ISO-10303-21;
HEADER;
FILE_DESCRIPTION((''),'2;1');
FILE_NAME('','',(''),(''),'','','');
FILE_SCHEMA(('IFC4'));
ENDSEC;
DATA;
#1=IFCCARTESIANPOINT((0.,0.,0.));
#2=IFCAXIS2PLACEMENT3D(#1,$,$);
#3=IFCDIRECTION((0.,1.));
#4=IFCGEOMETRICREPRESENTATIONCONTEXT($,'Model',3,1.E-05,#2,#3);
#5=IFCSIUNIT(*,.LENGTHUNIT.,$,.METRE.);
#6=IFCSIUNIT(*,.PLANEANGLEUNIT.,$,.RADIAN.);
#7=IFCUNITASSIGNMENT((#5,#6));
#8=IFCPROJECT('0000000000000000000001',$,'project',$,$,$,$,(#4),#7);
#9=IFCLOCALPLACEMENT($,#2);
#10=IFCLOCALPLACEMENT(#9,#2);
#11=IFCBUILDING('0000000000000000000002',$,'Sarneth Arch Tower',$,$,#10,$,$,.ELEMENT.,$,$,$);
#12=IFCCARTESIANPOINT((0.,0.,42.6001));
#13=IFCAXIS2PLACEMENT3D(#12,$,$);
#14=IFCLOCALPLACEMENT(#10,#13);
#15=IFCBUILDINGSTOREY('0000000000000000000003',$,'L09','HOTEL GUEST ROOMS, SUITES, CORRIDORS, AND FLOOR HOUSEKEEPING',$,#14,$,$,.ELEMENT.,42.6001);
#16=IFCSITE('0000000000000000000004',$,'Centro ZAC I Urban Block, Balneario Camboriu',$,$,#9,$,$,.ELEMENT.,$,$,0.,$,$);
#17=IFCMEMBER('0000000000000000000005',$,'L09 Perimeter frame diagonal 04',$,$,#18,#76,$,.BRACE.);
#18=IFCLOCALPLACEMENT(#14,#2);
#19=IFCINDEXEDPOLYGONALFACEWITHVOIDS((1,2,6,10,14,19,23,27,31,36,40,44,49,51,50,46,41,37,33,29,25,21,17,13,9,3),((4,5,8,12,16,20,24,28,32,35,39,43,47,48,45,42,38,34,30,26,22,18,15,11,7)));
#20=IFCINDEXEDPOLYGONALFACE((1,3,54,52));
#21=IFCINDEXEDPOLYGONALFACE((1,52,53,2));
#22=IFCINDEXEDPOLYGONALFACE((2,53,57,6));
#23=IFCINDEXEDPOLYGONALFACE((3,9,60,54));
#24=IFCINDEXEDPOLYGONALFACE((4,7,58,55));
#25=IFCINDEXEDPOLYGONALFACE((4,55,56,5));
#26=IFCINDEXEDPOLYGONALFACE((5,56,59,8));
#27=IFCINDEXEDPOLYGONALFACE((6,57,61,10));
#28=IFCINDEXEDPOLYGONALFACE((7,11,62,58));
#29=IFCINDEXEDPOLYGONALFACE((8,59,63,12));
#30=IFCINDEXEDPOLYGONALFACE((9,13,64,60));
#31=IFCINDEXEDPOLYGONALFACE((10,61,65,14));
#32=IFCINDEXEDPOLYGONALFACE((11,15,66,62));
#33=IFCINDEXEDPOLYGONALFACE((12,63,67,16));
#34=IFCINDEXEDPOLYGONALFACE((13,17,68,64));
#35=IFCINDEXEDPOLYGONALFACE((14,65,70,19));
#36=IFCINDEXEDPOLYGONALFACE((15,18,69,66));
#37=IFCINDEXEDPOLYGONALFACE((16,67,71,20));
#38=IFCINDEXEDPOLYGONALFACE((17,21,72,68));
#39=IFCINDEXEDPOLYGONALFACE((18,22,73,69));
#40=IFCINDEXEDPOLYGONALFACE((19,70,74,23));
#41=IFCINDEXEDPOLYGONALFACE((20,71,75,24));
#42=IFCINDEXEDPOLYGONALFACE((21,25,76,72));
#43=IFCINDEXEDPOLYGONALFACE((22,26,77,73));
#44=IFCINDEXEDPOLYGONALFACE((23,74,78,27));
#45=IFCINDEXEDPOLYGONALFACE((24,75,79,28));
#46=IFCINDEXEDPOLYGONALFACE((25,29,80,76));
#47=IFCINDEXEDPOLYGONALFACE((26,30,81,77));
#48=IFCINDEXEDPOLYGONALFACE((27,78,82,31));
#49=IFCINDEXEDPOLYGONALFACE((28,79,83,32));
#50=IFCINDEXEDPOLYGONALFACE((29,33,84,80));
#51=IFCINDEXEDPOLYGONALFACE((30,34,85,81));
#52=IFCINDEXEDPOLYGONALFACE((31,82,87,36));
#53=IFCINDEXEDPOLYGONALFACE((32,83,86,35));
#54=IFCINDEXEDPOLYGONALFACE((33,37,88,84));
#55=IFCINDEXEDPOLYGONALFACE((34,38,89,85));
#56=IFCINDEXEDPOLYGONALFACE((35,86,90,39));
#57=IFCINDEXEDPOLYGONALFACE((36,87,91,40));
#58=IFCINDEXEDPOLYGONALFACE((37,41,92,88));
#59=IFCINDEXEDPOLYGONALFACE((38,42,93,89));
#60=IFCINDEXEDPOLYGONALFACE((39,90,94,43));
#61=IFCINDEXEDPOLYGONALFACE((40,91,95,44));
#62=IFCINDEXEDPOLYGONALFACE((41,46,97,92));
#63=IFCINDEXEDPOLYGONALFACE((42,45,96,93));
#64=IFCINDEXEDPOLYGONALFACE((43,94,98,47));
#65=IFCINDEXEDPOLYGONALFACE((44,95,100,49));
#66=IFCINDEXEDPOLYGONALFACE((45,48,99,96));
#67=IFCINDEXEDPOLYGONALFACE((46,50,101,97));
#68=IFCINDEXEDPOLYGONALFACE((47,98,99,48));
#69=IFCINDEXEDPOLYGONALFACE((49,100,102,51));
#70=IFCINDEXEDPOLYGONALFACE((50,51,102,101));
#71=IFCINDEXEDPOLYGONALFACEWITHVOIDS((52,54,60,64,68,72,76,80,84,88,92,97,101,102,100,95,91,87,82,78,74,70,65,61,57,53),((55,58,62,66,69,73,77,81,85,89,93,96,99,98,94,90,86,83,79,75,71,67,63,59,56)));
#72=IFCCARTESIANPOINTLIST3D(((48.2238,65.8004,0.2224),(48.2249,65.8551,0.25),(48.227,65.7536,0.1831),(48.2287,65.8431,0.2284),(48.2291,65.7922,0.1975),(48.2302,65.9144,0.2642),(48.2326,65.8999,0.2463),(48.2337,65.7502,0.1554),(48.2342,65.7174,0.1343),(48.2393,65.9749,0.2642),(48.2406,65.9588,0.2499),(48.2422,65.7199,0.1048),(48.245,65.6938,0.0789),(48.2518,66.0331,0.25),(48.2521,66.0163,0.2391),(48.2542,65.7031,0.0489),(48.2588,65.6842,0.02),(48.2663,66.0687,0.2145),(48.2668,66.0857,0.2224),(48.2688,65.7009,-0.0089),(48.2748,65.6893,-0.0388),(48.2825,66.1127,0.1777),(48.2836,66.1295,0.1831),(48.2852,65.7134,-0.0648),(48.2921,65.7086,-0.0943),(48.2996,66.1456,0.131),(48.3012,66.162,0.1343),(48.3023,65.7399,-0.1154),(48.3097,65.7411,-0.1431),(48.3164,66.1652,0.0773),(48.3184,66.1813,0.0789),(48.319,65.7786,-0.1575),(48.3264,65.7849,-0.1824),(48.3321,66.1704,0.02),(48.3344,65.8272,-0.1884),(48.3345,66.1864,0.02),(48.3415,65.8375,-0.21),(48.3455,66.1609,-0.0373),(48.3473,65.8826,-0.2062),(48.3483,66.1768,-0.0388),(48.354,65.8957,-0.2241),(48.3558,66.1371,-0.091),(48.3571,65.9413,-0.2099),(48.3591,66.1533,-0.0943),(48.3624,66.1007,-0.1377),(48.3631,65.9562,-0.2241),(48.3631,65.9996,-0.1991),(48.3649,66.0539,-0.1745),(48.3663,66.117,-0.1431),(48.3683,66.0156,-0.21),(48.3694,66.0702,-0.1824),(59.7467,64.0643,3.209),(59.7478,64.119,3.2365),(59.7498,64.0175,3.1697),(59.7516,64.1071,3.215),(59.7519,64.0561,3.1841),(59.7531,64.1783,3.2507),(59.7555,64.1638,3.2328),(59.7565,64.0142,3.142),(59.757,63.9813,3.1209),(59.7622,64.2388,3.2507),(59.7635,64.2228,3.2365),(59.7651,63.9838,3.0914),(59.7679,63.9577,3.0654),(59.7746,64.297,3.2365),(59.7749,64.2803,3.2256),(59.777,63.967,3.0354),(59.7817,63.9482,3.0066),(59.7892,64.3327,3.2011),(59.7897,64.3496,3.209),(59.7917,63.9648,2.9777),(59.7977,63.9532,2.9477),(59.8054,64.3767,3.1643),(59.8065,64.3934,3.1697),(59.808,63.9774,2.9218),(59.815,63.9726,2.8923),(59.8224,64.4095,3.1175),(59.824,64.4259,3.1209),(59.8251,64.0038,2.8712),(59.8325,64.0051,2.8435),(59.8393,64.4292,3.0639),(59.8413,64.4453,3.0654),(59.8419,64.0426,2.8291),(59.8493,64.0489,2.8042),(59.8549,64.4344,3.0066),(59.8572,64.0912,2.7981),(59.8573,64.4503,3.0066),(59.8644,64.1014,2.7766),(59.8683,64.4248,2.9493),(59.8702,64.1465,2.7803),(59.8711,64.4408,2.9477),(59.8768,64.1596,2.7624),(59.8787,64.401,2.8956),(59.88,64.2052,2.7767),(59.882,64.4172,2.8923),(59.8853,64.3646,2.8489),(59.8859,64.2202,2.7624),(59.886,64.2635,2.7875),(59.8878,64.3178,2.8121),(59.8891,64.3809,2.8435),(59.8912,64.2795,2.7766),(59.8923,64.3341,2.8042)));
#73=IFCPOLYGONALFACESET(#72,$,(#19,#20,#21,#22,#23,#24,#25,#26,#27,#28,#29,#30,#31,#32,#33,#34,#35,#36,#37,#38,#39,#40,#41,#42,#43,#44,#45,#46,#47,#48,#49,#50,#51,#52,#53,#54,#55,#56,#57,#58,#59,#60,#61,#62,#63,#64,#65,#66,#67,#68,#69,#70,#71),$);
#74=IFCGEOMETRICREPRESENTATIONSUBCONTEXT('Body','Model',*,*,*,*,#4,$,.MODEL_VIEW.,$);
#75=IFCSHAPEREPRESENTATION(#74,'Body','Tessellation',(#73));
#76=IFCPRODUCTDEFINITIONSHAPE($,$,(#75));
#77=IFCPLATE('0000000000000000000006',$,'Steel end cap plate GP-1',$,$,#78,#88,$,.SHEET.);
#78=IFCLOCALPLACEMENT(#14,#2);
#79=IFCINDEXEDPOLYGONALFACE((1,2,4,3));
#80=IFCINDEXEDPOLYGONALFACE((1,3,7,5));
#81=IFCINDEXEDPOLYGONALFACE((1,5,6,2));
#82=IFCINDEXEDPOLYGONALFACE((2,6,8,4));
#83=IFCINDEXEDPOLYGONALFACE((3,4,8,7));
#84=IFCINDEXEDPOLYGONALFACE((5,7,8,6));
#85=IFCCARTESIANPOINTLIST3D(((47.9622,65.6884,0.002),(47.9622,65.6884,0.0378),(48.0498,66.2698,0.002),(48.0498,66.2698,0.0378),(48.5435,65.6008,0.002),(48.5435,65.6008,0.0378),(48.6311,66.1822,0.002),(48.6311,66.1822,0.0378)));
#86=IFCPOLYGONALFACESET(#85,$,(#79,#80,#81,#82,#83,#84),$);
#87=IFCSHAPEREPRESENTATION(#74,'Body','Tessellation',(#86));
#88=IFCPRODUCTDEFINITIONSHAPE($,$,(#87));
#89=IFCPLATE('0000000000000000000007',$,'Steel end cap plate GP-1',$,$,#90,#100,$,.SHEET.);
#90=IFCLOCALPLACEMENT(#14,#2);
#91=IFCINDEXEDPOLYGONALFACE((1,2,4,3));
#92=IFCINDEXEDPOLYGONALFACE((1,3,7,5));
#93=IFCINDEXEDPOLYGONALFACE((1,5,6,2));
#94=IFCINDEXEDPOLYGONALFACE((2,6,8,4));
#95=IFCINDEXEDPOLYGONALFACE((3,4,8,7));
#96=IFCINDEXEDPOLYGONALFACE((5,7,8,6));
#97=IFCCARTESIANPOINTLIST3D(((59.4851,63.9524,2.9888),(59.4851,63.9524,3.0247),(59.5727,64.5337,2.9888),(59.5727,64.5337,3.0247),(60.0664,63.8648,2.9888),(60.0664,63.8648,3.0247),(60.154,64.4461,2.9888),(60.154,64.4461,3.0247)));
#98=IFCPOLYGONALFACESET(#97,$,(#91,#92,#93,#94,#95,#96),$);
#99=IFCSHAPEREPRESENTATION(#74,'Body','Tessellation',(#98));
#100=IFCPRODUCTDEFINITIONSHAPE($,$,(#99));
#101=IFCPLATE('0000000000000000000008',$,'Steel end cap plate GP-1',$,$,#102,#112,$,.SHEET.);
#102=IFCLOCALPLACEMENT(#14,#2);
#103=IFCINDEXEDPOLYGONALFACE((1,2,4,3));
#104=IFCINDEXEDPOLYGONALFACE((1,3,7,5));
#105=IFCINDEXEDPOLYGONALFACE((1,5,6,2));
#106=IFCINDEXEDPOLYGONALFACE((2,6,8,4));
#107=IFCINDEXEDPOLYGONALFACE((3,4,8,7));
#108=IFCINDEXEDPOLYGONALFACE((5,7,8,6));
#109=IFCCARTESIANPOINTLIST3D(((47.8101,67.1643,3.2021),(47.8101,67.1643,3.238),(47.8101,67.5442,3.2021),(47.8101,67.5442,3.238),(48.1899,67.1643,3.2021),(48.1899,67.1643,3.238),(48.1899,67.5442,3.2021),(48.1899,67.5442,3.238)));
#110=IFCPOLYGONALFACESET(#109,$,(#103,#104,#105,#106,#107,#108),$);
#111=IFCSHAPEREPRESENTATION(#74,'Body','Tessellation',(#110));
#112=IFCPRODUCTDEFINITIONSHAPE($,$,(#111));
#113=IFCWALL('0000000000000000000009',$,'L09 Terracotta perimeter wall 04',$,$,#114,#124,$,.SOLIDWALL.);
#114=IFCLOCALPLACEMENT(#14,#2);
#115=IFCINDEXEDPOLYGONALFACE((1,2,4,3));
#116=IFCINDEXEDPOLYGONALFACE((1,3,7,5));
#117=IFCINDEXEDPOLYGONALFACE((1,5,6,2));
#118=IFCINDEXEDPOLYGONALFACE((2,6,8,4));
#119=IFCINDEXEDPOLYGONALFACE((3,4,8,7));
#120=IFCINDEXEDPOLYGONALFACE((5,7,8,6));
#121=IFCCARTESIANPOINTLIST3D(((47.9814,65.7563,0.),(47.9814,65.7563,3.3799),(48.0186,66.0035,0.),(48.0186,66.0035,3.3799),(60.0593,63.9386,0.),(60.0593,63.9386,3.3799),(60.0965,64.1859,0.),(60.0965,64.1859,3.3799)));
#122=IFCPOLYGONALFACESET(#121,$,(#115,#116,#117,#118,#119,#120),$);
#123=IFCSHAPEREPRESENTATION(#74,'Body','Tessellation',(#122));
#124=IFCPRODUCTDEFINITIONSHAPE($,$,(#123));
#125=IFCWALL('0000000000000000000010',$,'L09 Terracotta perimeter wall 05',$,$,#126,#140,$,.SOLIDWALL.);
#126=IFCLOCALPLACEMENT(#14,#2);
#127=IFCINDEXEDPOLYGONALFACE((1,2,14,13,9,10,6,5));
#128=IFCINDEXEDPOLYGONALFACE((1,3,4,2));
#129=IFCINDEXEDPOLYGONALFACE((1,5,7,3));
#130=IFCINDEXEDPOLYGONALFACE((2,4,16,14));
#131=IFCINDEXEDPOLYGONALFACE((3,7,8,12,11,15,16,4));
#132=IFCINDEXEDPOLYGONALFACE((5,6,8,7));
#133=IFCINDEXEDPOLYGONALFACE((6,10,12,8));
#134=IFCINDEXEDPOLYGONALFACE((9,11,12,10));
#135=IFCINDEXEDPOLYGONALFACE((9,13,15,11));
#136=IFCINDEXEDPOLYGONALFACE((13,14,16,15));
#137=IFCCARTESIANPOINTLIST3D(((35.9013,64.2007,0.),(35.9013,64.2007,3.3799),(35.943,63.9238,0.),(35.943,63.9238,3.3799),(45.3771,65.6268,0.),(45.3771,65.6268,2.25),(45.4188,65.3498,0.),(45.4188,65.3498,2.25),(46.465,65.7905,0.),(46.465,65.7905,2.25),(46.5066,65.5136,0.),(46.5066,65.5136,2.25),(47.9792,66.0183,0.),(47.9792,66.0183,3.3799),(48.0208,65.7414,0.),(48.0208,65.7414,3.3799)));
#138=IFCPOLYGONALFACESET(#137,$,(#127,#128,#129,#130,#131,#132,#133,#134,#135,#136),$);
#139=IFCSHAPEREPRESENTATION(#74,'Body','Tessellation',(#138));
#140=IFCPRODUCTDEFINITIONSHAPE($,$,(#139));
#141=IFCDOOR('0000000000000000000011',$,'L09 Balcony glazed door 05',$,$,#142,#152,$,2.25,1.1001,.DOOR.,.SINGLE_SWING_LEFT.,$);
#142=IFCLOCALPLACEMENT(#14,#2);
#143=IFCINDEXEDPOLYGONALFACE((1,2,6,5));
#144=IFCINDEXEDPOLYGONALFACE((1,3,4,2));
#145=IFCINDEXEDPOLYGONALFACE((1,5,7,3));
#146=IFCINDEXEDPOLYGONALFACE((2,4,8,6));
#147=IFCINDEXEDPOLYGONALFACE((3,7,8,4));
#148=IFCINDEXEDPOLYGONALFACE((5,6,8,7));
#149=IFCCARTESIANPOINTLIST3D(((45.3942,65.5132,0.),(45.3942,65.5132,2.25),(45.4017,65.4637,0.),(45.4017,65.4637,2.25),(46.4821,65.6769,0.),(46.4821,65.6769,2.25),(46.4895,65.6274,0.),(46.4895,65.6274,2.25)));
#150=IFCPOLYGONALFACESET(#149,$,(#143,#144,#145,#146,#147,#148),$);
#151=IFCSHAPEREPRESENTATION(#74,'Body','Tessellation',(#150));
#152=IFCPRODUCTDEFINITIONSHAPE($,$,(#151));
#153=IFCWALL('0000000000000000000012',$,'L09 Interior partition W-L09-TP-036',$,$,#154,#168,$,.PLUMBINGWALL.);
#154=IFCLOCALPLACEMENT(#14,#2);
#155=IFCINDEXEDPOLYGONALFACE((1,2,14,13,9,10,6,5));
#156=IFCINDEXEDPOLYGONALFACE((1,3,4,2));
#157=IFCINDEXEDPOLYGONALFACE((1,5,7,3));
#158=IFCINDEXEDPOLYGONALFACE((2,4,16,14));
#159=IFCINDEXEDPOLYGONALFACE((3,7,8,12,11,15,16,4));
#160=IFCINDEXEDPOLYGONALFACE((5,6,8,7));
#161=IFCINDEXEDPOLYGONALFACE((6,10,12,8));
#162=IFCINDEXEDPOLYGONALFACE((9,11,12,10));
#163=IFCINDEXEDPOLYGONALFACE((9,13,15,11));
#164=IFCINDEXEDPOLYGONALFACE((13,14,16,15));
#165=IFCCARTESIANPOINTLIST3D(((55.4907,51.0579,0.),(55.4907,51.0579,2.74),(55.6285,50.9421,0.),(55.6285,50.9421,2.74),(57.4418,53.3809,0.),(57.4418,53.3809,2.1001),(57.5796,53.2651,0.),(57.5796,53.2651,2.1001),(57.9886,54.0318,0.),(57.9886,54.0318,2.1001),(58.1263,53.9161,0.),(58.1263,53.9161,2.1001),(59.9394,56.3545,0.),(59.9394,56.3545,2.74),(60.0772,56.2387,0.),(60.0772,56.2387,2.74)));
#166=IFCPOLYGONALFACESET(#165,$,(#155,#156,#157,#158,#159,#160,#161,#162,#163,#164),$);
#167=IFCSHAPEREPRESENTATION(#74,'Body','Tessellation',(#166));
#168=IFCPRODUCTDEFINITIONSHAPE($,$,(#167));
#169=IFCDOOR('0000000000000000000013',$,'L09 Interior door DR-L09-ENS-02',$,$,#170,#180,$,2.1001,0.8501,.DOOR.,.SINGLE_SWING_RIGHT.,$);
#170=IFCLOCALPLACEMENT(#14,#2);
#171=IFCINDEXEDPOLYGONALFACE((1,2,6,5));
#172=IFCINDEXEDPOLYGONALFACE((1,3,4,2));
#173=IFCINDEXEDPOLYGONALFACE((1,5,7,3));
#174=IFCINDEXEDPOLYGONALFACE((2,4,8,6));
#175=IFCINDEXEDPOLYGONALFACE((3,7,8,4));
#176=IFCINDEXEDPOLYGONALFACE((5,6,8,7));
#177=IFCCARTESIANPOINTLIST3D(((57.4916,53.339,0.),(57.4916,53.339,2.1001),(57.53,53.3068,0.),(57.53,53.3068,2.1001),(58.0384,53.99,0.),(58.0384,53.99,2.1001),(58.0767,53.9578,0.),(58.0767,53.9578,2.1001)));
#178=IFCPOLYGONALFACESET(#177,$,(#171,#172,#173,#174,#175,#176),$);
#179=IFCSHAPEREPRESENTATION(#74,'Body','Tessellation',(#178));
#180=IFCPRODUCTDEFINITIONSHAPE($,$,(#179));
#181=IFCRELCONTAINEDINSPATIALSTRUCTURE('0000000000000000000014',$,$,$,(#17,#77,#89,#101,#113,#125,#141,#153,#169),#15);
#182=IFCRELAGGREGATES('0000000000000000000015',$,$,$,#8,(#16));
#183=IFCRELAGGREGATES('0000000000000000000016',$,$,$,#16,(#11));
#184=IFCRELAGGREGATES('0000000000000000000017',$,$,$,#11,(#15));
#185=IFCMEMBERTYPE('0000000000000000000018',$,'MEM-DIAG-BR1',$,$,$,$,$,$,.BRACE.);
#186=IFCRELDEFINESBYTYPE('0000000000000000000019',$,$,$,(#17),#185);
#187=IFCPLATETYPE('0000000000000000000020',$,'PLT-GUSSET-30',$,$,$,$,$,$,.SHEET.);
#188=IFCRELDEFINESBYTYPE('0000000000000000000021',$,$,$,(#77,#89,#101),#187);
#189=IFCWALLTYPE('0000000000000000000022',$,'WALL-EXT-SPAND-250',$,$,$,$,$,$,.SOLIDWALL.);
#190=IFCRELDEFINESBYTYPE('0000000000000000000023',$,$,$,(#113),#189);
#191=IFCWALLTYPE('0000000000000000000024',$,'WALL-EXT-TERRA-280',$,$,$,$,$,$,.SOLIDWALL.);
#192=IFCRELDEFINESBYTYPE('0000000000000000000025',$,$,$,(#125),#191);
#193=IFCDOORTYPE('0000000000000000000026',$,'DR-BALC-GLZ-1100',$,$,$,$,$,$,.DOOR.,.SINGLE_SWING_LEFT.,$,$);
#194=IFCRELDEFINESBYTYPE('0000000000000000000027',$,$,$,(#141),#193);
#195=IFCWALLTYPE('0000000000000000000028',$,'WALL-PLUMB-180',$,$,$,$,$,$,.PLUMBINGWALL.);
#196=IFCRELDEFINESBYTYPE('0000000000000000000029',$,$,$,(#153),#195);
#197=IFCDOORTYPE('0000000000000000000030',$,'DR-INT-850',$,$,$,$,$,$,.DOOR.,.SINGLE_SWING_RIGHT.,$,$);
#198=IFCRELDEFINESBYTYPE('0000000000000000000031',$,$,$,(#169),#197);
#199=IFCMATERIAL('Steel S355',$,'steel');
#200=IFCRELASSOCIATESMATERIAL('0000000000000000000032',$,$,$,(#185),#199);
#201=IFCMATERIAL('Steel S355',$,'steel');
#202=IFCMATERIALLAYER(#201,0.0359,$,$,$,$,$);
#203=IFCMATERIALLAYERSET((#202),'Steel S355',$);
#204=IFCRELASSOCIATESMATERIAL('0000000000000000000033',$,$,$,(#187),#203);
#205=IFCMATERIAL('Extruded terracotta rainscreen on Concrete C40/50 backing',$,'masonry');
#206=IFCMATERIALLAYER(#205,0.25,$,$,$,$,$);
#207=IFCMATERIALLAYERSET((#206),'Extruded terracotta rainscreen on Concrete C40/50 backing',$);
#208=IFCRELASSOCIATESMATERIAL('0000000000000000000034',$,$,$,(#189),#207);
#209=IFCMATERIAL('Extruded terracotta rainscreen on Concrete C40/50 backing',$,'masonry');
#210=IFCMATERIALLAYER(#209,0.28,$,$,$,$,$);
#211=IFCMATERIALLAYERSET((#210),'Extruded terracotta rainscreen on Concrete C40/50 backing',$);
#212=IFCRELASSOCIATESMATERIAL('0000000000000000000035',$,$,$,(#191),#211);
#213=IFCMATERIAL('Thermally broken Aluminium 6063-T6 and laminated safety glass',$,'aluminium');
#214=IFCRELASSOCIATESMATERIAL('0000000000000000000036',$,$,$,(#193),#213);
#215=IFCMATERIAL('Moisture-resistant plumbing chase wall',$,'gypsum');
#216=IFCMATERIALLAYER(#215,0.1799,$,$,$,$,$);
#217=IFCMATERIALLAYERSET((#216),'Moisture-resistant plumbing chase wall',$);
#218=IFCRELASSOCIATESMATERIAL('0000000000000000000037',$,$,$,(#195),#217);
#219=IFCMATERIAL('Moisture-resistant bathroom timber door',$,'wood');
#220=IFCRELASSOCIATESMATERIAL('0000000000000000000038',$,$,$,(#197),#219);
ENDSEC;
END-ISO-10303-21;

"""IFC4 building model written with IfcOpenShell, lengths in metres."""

from ifc_helpers import new_model, si_unit, direction, frame, frame_2d, origin, origin_2d, place, context, subcontext, project, spatial, rectangle, hollow_circle, extrude, material, layer, layer_set, material_profile, profile_set, type_object, element, fill, save


model = new_model("IFC4")

# Units and contexts
model_context = context("Model", 3, precision=1e-05, world=origin(), true_north=direction((0.0, 1.0)))
body_context = subcontext(model_context, "Body", "Model", "MODEL_VIEW")
ifc_project = project(units=[si_unit("LENGTHUNIT", "METRE"), si_unit("PLANEANGLEUNIT", "RADIAN")], contexts=[model_context])

# Site, building, storey
site_placement = place(None, origin())
site = spatial("IfcSite", under=ifc_project, at=site_placement, Name="Centro ZAC I Urban Block, Balneario Camboriu", CompositionType="ELEMENT", RefElevation=0.0)
building_placement = place(site_placement, origin())
building = spatial("IfcBuilding", under=site, at=building_placement, Name="Sarneth Arch Tower", CompositionType="ELEMENT")
storey_placement = place(building_placement, frame((0.0, 0.0, 42.6001)))
storey = spatial("IfcBuildingStorey", under=building, at=storey_placement, Name="L09", Description="HOTEL GUEST ROOMS, SUITES, CORRIDORS, AND FLOOR HOUSEKEEPING", CompositionType="ELEMENT", Elevation=42.6001)

# Member
ifc_material_1 = material(Name="Steel S355", Category="steel")
ifc_material_profile_1 = material_profile(ifc_material_1, hollow_circle(Radius=0.2539, WallThickness=0.0161, at=origin_2d()), Name="CHS508x16")
ifc_profile_set_1 = profile_set([ifc_material_profile_1], Name="Steel S355")
member_type_1 = type_object("IfcMemberType", Name="MEM-DIAG-BR1", PredefinedType="BRACE", material=ifc_profile_set_1)
member_1_placement = place(storey_placement, frame((48.2966, 65.9353, 0.02), z_axis=(0.957881, -0.144317, 0.248268), x_axis=(0.148982, 0.98884, 0.0)))
element("IfcMember", 1, at=member_1_placement, inside=storey, type_object=member_type_1, Name="L09 Perimeter frame diagonal 04", PredefinedType="BRACE", context=body_context, shape_type="SweptSolid", body=[
    extrude(hollow_circle(Radius=0.2539, WallThickness=0.0161, at=origin_2d()), origin(), (0.0, 0.0, 1.0), 12.0295),
])

# Plates
ifc_material_2 = material(Name="Steel S355", Category="steel")
ifc_layer_1 = layer(ifc_material_2, 0.0359)
ifc_layer_set_1 = layer_set([ifc_layer_1], Name="Steel S355")
plate_type = type_object("IfcPlateType", Name="PLT-GUSSET-30", PredefinedType="SHEET", material=ifc_layer_set_1)
for number, where, z_axis, x_axis, name in (
    (2, (48.2966, 65.9353, 0.002), (0.0, 0.0, 1.0), (-0.988835, 0.149018, 0.0), "Steel end cap plate GP-1"),
    (3, (59.8196, 64.1992, 2.9888), (0.0, 0.0, 1.0), (-0.988835, 0.149018, 0.0), "Steel end cap plate GP-1"),
):
    element("IfcPlate", number, at=place(storey_placement, frame(where, z_axis=z_axis, x_axis=x_axis)), inside=storey, type_object=plate_type, Name=name, PredefinedType="SHEET", context=body_context, shape_type="SweptSolid", body=[
        extrude(rectangle(XDim=0.5879, YDim=0.5879, at=origin_2d()), origin(), (0.0, 0.0, 1.0), 0.0359),
    ])
plate_placement = place(storey_placement, frame((48.0, 67.3542, 3.2021), z_axis=(0.0, 0.0, 1.0), x_axis=(0.0, 1.0, 0.0)))
element("IfcPlate", 4, at=plate_placement, inside=storey, type_object=plate_type, Name="Steel end cap plate GP-1", PredefinedType="SHEET", context=body_context, shape_type="SweptSolid", body=[
    extrude(rectangle(XDim=0.3799, YDim=0.3799, at=origin_2d()), origin(), (0.0, 0.0, 1.0), 0.0359),
])

# Wall
ifc_material_3 = material(Name="Extruded terracotta rainscreen on Concrete C40/50 backing", Category="masonry")
ifc_layer_2 = layer(ifc_material_3, 0.25)
ifc_layer_set_2 = layer_set([ifc_layer_2], Name="Extruded terracotta rainscreen on Concrete C40/50 backing")
wall_type_1 = type_object("IfcWallType", Name="WALL-EXT-SPAND-250", PredefinedType="SOLIDWALL", material=ifc_layer_set_2)
wall_1_placement = place(storey_placement, frame((60.0779, 64.0623, 0.0), z_axis=(0.0, 0.0, 1.0), x_axis=(-0.988865, 0.148816, 0.0)))
element("IfcWall", 5, at=wall_1_placement, inside=storey, type_object=wall_type_1, Name="L09 Terracotta perimeter wall 04", PredefinedType="SOLIDWALL", context=body_context, shape_type="SweptSolid", body=[
    extrude(rectangle(XDim=12.2139, YDim=0.25, at=frame_2d((6.1069, 0.0))), origin(), (0.0, 0.0, 1.0), 3.3799),
])

# Walls, openings, doors
ifc_material_4 = material(Name="Extruded terracotta rainscreen on Concrete C40/50 backing", Category="masonry")
ifc_layer_3 = layer(ifc_material_4, 0.28)
ifc_layer_set_3 = layer_set([ifc_layer_3], Name="Extruded terracotta rainscreen on Concrete C40/50 backing")
wall_type_2 = type_object("IfcWallType", Name="WALL-EXT-TERRA-280", PredefinedType="SOLIDWALL", material=ifc_layer_set_3)
wall_2_placement = place(storey_placement, frame((48.0, 65.8799, 0.0), z_axis=(0.0, 0.0, 1.0), x_axis=(-0.988865, -0.148816, 0.0)))
wall_2 = element("IfcWall", 6, at=wall_2_placement, inside=storey, type_object=wall_type_2, Name="L09 Terracotta perimeter wall 05", PredefinedType="SOLIDWALL", context=body_context, shape_type="SweptSolid", body=[
    extrude(rectangle(XDim=12.2139, YDim=0.28, at=frame_2d((6.1069, 0.0))), origin(), (0.0, 0.0, 1.0), 3.3799),
])
opening_1_placement = place(wall_2_placement, frame((1.5312, 0.0, 0.0)))
opening_1 = element("IfcOpeningElement", 7, at=opening_1_placement, cuts=wall_2, PredefinedType="OPENING", context=body_context, shape_type="SweptSolid", body=[
    extrude(rectangle(XDim=1.1001, YDim=2.25, at=frame_2d((0.55, 1.125))), frame((0.0, 0.1499, 0.0), z_axis=(0.0, -1.0, 0.0), x_axis=(1.0, 0.0, 0.0)), (0.0, 0.0, 1.0), 0.3),
])
ifc_material_5 = material(Name="Thermally broken Aluminium 6063-T6 and laminated safety glass", Category="aluminium")
door_type_1 = type_object("IfcDoorType", Name="DR-BALC-GLZ-1100", OperationType="SINGLE_SWING_LEFT", PredefinedType="DOOR", material=ifc_material_5)
door_1_placement = place(opening_1_placement, origin())
door_1 = element("IfcDoor", 8, at=door_1_placement, inside=storey, type_object=door_type_1, Name="L09 Balcony glazed door 05", OperationType="SINGLE_SWING_LEFT", OverallHeight=2.25, OverallWidth=1.1001, PredefinedType="DOOR", context=body_context, shape_type="SweptSolid", body=[
    extrude(rectangle(XDim=1.1001, YDim=2.25, at=frame_2d((0.55, 1.125))), frame((0.0, 0.0249, 0.0), z_axis=(0.0, -1.0, 0.0), x_axis=(1.0, 0.0, 0.0)), (0.0, 0.0, 1.0), 0.05),
])
fill(opening_1, door_1)
ifc_material_6 = material(Name="Moisture-resistant plumbing chase wall", Category="gypsum")
ifc_layer_4 = layer(ifc_material_6, 0.1799)
ifc_layer_set_4 = layer_set([ifc_layer_4], Name="Moisture-resistant plumbing chase wall")
wall_type_3 = type_object("IfcWallType", Name="WALL-PLUMB-180", PredefinedType="PLUMBINGWALL", material=ifc_layer_set_4)
wall_3_placement = place(storey_placement, frame((55.5596, 51.0, 0.0), z_axis=(0.0, 0.0, 1.0), x_axis=(0.643155, 0.765736, 0.0)))
wall_3 = element("IfcWall", 9, at=wall_3_placement, inside=storey, type_object=wall_type_3, Name="L09 Interior partition W-L09-TP-036", PredefinedType="PLUMBINGWALL", context=body_context, shape_type="SweptSolid", body=[
    extrude(rectangle(XDim=6.917, YDim=0.1799, at=frame_2d((3.4585, 0.0))), origin(), (0.0, 0.0, 1.0), 2.74),
])
opening_2_placement = place(wall_3_placement, frame((3.0337, 0.0, 0.0)))
opening_2 = element("IfcOpeningElement", 10, at=opening_2_placement, cuts=wall_3, PredefinedType="OPENING", context=body_context, shape_type="SweptSolid", body=[
    extrude(rectangle(XDim=0.8501, YDim=2.1001, at=frame_2d((0.425, 1.05))), frame((0.0, 0.0999, 0.0), z_axis=(0.0, -1.0, 0.0), x_axis=(1.0, 0.0, 0.0)), (0.0, 0.0, 1.0), 0.2),
])
ifc_material_7 = material(Name="Moisture-resistant bathroom timber door", Category="wood")
door_type_2 = type_object("IfcDoorType", Name="DR-INT-850", OperationType="SINGLE_SWING_RIGHT", PredefinedType="DOOR", material=ifc_material_7)
door_2_placement = place(opening_2_placement, origin())
door_2 = element("IfcDoor", 11, at=door_2_placement, inside=storey, type_object=door_type_2, Name="L09 Interior door DR-L09-ENS-02", OperationType="SINGLE_SWING_RIGHT", OverallHeight=2.1001, OverallWidth=0.8501, PredefinedType="DOOR", context=body_context, shape_type="SweptSolid", body=[
    extrude(rectangle(XDim=0.8501, YDim=2.1001, at=frame_2d((0.425, 1.05))), frame((0.0, 0.0249, 0.0), z_axis=(0.0, -1.0, 0.0), x_axis=(1.0, 0.0, 0.0)), (0.0, 0.0, 1.0), 0.05),
])
fill(opening_2, door_2)

save(model, "model.ifc")
